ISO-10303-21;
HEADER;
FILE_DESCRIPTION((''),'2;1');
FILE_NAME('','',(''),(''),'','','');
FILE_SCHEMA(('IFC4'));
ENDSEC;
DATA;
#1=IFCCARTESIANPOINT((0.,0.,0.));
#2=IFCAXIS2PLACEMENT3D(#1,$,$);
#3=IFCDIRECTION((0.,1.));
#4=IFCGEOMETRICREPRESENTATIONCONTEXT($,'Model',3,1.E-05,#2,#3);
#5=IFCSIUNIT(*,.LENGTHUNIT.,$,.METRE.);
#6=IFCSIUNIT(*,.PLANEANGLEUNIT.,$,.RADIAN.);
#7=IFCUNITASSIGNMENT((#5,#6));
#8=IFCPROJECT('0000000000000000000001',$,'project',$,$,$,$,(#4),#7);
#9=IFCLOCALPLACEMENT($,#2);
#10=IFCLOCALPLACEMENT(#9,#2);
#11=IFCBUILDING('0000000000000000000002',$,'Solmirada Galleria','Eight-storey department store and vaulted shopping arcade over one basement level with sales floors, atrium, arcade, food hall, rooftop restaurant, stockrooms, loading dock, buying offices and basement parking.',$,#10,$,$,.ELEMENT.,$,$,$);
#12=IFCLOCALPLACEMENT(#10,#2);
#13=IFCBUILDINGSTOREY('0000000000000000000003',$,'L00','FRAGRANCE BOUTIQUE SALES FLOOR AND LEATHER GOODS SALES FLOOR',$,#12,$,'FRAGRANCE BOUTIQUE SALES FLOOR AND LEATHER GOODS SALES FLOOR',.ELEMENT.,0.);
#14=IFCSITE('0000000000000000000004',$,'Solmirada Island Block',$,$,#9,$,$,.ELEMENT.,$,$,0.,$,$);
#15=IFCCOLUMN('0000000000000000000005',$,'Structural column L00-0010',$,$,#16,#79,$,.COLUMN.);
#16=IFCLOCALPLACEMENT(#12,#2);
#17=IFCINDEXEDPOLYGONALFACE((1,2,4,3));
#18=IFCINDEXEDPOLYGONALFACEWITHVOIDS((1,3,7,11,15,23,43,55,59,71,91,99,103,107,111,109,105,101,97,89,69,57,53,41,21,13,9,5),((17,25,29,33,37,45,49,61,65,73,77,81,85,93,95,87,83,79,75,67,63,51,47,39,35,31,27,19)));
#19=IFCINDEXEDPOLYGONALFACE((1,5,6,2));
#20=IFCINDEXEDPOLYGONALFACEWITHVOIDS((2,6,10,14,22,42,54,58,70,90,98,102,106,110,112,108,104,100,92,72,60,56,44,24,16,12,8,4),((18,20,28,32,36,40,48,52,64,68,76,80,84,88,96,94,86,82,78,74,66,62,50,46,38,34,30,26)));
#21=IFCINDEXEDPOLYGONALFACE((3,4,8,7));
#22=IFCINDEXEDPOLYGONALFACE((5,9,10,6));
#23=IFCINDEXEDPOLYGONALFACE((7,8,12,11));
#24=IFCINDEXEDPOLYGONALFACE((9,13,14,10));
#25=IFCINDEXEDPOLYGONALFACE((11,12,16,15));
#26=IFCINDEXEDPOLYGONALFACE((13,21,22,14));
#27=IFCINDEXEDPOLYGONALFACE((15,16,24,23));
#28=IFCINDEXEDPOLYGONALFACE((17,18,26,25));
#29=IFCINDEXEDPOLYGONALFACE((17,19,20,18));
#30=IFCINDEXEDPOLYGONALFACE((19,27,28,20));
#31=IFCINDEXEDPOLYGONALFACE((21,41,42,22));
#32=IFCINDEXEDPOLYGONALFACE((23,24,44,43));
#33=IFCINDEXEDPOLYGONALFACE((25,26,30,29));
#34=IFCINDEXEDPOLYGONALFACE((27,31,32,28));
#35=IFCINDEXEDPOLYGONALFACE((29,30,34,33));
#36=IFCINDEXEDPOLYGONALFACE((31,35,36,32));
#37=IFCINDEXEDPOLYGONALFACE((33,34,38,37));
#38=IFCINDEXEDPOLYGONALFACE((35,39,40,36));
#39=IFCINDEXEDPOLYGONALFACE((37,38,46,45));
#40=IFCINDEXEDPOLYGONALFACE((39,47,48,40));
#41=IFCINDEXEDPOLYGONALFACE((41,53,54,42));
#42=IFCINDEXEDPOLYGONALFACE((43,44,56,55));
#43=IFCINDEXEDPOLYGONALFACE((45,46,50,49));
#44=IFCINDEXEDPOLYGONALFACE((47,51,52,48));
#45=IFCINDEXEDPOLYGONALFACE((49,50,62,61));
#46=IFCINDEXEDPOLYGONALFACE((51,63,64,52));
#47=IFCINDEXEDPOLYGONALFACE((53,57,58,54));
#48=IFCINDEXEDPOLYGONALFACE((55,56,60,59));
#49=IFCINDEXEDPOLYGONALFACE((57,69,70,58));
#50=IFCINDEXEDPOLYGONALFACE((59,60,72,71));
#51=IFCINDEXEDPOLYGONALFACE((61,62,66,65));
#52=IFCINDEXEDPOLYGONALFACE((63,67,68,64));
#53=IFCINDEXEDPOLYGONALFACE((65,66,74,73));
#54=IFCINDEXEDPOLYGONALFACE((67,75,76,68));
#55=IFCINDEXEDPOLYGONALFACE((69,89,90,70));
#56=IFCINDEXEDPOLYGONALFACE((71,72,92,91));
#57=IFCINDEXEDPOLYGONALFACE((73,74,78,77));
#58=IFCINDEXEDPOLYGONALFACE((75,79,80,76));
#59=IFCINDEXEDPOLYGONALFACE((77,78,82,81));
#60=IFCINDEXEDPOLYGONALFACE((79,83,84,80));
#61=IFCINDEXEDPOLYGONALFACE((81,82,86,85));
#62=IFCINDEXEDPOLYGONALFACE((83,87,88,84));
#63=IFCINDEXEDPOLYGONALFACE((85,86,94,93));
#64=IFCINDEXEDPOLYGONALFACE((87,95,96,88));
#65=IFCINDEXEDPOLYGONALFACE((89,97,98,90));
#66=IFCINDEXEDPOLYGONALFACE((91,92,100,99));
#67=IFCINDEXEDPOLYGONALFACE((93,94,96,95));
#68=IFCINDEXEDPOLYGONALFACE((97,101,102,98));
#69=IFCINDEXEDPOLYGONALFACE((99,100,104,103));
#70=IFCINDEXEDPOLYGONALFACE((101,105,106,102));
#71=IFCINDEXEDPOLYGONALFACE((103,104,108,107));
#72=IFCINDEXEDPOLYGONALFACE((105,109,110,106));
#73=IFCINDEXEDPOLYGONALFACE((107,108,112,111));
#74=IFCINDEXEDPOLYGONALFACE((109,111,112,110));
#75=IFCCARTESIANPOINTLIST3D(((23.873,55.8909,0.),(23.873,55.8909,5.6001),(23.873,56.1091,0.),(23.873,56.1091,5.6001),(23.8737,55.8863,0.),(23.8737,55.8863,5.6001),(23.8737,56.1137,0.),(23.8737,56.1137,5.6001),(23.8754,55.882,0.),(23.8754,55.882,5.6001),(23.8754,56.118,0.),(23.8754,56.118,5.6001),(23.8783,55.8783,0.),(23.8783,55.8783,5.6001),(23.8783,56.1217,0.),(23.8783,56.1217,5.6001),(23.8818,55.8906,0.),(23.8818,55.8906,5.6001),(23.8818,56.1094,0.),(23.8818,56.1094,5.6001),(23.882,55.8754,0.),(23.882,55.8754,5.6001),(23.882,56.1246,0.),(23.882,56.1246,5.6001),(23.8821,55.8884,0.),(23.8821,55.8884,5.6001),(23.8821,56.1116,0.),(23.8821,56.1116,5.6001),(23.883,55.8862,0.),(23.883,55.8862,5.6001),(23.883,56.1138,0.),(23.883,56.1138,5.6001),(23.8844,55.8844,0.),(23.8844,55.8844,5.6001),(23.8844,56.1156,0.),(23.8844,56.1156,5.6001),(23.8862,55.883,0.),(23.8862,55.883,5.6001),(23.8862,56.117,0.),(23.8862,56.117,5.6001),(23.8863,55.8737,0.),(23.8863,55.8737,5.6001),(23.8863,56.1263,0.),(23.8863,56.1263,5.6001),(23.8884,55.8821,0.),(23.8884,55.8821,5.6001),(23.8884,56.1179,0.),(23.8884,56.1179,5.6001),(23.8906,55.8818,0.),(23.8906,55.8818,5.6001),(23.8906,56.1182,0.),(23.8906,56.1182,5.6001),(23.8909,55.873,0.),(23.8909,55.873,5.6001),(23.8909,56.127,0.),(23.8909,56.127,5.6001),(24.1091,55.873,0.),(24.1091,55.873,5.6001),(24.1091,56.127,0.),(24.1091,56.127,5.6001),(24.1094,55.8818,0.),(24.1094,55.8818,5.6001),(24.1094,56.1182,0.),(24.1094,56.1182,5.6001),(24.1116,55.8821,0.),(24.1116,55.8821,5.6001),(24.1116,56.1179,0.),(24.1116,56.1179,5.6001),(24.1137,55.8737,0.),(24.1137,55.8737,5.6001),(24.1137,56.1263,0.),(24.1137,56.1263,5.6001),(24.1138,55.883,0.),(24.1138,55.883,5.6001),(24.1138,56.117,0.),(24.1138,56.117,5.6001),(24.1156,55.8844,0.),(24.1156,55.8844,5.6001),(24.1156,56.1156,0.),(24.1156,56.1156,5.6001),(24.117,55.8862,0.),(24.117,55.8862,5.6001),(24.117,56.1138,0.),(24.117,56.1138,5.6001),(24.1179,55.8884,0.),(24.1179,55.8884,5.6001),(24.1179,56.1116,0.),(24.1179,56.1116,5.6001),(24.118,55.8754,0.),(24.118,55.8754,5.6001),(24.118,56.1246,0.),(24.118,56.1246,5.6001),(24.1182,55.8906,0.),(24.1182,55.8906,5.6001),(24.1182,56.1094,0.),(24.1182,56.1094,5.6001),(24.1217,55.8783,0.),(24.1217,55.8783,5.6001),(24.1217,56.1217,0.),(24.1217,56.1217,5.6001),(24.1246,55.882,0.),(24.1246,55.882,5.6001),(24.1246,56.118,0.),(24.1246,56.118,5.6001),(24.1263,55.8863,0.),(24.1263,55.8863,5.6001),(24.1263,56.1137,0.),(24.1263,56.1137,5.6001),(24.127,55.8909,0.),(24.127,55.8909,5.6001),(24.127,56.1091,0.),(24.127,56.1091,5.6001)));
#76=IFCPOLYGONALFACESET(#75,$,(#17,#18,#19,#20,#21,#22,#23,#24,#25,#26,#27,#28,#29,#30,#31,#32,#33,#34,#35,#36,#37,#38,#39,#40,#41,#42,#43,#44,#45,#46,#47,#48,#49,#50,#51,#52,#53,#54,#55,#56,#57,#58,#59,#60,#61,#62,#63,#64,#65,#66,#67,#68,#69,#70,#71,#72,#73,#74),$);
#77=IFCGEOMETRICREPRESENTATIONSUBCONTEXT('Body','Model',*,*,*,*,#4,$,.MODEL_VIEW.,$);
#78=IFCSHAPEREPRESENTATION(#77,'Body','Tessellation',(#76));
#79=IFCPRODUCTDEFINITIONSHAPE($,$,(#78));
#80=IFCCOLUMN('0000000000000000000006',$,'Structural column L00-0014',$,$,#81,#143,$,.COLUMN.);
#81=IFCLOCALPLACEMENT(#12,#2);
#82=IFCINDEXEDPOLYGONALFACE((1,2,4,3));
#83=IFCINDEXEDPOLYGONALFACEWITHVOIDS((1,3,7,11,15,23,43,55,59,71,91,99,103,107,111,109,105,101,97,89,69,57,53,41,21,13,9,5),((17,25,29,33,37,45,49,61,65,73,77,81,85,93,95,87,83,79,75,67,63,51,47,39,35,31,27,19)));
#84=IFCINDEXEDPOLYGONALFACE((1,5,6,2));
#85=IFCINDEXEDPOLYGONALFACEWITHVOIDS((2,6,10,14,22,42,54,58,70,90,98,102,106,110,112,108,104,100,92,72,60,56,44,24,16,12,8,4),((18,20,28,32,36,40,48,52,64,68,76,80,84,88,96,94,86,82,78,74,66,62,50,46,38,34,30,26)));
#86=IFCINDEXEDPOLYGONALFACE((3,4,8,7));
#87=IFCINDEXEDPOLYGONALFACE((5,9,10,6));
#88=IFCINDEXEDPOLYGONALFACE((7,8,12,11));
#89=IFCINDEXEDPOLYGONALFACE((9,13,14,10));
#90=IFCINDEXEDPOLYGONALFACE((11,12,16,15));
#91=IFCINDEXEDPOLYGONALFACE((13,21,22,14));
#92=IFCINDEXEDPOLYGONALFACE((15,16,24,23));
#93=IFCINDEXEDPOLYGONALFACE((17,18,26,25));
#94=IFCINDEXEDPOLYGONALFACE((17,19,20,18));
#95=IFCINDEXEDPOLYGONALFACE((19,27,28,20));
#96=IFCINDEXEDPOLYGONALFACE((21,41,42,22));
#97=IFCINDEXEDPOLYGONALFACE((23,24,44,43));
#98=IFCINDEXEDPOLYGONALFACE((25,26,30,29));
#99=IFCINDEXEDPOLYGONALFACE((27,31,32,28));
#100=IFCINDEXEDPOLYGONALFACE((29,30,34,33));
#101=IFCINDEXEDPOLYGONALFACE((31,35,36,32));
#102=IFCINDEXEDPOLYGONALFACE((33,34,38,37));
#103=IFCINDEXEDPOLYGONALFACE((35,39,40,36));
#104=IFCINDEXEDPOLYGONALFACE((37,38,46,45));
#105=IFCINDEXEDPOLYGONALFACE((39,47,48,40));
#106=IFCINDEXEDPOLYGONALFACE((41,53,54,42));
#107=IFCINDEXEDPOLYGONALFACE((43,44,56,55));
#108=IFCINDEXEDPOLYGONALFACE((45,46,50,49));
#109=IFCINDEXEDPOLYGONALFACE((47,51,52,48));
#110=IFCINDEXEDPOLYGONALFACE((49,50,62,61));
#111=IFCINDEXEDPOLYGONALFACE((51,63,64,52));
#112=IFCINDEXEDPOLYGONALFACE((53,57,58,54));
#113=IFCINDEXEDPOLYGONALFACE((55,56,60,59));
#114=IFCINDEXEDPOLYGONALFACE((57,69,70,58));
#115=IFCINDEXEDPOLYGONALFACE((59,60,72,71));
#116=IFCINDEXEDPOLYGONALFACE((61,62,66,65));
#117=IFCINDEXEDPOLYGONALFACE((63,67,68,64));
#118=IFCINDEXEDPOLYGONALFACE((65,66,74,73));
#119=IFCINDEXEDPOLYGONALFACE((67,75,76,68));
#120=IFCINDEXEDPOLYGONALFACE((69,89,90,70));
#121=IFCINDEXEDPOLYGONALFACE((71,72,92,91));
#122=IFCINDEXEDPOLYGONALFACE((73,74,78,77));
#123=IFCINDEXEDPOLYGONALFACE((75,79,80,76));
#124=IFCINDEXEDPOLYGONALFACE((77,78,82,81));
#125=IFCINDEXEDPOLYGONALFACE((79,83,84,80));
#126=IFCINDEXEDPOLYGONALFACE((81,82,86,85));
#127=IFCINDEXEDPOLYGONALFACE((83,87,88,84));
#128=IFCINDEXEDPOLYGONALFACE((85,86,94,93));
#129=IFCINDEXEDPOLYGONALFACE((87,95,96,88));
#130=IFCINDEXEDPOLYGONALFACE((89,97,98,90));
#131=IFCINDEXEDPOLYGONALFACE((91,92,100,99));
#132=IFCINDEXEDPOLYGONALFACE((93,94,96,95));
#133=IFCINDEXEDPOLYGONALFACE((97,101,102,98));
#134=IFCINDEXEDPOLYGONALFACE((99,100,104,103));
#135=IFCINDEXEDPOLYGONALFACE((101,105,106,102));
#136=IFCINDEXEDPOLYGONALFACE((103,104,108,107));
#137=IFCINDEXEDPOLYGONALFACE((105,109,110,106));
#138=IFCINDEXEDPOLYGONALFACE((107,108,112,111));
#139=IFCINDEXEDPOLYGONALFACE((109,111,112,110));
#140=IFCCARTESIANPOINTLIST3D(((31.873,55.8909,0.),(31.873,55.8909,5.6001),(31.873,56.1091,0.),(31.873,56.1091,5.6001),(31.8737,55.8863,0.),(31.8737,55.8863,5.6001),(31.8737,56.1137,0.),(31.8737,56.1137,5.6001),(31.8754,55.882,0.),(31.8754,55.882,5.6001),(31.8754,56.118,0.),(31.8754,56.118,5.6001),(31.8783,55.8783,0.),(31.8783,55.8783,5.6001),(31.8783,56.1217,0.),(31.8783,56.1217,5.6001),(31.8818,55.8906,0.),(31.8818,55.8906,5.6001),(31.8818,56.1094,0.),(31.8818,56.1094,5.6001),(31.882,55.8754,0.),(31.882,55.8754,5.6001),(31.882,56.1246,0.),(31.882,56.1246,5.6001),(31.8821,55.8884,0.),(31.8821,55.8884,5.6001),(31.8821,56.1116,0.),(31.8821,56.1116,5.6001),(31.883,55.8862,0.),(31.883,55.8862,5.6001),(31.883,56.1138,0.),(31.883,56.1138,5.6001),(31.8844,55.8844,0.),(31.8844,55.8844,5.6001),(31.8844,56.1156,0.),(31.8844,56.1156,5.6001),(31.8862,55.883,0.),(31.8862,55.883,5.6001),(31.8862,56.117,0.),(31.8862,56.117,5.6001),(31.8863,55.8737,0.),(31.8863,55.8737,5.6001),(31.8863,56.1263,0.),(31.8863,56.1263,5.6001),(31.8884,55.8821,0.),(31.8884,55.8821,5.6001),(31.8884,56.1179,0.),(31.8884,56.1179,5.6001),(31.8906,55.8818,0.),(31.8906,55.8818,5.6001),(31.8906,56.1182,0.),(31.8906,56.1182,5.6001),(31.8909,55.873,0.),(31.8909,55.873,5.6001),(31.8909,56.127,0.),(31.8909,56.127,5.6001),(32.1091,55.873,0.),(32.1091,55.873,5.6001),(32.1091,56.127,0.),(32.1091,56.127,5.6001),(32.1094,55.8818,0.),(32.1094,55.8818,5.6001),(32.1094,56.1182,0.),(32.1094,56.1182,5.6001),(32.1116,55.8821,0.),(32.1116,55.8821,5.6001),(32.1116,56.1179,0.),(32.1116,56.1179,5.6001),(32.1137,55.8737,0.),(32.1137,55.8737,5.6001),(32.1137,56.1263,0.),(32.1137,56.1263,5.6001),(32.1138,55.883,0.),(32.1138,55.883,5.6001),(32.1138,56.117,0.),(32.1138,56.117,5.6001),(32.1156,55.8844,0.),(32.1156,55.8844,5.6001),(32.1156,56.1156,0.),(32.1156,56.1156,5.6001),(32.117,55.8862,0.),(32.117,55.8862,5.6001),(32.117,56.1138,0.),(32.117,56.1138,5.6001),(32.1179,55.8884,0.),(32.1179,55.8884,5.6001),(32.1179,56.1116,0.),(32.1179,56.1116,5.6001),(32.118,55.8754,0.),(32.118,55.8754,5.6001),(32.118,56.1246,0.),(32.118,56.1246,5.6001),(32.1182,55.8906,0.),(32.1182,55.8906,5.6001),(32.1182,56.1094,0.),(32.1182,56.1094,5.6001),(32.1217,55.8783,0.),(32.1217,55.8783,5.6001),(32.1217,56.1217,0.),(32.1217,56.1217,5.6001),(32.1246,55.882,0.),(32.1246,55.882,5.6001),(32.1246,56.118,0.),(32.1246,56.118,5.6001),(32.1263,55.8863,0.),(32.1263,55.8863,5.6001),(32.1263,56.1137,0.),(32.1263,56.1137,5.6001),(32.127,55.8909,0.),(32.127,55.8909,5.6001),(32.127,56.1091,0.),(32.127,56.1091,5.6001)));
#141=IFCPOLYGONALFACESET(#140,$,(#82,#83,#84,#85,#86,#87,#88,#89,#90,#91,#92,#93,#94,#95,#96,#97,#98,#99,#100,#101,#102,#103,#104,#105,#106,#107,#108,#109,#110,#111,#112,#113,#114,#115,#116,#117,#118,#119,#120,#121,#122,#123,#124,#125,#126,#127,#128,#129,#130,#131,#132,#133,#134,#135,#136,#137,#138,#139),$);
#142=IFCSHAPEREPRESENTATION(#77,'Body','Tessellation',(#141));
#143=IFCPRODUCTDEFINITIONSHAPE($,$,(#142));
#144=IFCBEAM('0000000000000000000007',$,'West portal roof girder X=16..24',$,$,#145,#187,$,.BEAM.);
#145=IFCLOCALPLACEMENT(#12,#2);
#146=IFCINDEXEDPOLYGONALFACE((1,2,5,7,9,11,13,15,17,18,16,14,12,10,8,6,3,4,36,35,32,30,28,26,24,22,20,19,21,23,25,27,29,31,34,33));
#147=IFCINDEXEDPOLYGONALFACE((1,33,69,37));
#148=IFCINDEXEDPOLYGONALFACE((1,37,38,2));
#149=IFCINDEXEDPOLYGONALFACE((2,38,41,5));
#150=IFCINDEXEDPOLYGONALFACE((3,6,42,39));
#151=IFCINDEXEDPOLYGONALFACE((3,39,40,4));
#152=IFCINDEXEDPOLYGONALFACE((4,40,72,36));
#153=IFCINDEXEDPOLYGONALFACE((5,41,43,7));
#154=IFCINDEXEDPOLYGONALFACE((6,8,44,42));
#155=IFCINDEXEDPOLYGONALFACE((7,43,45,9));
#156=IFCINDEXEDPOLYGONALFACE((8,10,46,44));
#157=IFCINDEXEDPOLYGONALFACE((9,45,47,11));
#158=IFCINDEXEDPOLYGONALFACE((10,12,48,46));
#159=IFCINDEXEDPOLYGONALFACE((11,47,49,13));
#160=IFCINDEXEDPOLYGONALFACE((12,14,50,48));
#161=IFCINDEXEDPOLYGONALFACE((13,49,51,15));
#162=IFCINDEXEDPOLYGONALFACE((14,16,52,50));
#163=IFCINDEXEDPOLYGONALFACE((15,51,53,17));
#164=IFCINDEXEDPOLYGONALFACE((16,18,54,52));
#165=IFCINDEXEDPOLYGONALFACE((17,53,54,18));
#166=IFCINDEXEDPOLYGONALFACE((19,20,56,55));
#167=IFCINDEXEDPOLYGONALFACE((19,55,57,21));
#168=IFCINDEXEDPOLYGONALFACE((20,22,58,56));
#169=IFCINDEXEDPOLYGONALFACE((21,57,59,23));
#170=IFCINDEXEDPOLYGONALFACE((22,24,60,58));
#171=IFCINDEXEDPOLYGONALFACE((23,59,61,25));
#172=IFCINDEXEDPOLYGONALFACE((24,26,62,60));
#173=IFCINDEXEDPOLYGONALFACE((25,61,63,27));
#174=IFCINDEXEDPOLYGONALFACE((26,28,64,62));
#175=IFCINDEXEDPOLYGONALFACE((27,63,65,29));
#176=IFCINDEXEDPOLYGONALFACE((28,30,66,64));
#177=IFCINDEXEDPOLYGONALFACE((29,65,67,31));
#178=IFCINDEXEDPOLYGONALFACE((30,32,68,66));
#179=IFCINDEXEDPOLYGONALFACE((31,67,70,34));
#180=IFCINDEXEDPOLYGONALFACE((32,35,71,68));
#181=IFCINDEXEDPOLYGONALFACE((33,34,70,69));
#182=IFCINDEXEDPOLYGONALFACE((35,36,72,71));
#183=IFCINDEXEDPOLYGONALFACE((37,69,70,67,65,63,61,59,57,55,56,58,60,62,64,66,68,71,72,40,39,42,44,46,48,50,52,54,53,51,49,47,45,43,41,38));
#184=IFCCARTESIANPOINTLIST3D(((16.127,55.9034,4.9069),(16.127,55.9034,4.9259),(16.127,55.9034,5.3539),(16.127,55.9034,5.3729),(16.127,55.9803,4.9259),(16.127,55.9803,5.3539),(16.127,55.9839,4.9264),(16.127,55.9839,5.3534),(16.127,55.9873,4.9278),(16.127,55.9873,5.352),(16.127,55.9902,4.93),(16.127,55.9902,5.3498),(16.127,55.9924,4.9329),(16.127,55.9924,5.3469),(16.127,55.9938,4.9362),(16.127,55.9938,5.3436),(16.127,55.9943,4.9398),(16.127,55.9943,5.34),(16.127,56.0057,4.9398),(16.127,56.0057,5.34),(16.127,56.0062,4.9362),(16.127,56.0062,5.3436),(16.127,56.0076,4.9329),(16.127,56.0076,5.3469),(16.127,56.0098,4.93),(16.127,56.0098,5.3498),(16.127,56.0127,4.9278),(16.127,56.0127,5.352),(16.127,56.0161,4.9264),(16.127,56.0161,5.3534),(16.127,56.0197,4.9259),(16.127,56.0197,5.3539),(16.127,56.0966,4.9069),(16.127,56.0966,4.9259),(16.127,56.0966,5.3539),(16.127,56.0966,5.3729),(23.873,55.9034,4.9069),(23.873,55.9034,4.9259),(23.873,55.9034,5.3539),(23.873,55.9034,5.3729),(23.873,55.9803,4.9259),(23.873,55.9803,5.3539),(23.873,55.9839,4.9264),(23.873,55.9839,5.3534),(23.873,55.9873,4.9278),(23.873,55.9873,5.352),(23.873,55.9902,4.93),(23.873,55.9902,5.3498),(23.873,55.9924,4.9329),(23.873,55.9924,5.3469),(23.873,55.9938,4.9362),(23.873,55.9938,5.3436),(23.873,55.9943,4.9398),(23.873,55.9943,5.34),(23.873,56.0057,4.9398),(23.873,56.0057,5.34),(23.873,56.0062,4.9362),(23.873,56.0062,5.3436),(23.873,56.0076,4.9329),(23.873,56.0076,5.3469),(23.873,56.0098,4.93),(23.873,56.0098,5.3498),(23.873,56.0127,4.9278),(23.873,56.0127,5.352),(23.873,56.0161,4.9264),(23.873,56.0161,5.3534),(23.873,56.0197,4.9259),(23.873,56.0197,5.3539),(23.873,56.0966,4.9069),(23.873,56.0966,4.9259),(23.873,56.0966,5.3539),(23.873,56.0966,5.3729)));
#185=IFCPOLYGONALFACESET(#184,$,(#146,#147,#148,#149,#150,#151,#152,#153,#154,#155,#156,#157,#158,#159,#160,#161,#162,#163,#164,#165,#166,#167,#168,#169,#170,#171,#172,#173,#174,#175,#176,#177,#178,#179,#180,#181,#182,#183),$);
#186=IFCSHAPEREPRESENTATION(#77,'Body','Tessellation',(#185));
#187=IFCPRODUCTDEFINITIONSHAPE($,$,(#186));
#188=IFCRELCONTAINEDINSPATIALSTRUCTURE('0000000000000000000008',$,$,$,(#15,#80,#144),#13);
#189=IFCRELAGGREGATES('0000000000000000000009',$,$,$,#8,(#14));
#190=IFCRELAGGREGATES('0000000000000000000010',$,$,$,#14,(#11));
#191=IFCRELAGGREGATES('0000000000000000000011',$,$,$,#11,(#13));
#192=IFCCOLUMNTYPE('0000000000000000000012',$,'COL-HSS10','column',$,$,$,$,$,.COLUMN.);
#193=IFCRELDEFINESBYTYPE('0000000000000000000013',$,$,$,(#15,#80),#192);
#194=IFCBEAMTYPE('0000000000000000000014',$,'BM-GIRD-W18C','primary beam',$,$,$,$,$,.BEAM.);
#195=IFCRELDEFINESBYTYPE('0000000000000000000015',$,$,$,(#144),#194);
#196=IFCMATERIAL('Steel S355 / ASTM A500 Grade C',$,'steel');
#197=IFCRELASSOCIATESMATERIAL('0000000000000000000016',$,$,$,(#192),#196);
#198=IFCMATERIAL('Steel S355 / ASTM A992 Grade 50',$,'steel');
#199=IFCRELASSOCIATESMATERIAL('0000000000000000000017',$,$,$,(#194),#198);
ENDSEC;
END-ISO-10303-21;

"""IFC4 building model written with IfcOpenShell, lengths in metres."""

from ifc_helpers import new_model, si_unit, direction, frame, origin, origin_2d, place, context, subcontext, project, spatial, hollow_rectangle, i_section, extrude, material, material_profile, profile_set, type_object, element, save


model = new_model("IFC4")

# Units and contexts
model_context = context("Model", 3, precision=1e-05, world=origin(), true_north=direction((0.0, 1.0)))
body_context = subcontext(model_context, "Body", "Model", "MODEL_VIEW")
ifc_project = project(units=[si_unit("LENGTHUNIT", "METRE"), si_unit("PLANEANGLEUNIT", "RADIAN")], contexts=[model_context])

# Site, building, storey
site_placement = place(None, origin())
site = spatial("IfcSite", under=ifc_project, at=site_placement, Name="Solmirada Island Block", CompositionType="ELEMENT", RefElevation=0.0)
building_placement = place(site_placement, origin())
building = spatial("IfcBuilding", under=site, at=building_placement, Name="Solmirada Galleria", Description="Eight-storey department store and vaulted shopping arcade over one basement level with sales floors, atrium, arcade, food hall, rooftop restaurant, stockrooms, loading dock, buying offices and basement parking.", CompositionType="ELEMENT")
storey_placement = place(building_placement, origin())
storey = spatial("IfcBuildingStorey", under=building, at=storey_placement, Name="L00", Description="FRAGRANCE BOUTIQUE SALES FLOOR AND LEATHER GOODS SALES FLOOR", LongName="FRAGRANCE BOUTIQUE SALES FLOOR AND LEATHER GOODS SALES FLOOR", CompositionType="ELEMENT", Elevation=0.0)

# Columns
ifc_material_1 = material(Name="Steel S355 / ASTM A500 Grade C", Category="steel")
ifc_material_profile_1 = material_profile(ifc_material_1, hollow_rectangle(XDim=0.2539, YDim=0.2539, WallThickness=0.0088, InnerFilletRadius=0.0088, OuterFilletRadius=0.0178, at=origin_2d()), Name="HSS10X10X3/8")
ifc_profile_set_1 = profile_set([ifc_material_profile_1], Name="Steel S355 / ASTM A500 Grade C")
column_type = type_object("IfcColumnType", Name="COL-HSS10", Description="column", PredefinedType="COLUMN", material=ifc_profile_set_1)
for number, where, z_axis, x_axis, name in (
    (1, (24.0, 56.0, 0.0), (0.0, 0.0, 1.0), (1.0, 0.0, 0.0), "Structural column L00-0010"),
    (2, (32.0, 56.0, 0.0), (0.0, 0.0, 1.0), (1.0, 0.0, 0.0), "Structural column L00-0014"),
):
    element("IfcColumn", number, at=place(storey_placement, frame(where, z_axis=z_axis, x_axis=x_axis)), inside=storey, type_object=column_type, Name=name, PredefinedType="COLUMN", context=body_context, shape_type="SweptSolid", body=[
        extrude(hollow_rectangle(XDim=0.2539, YDim=0.2539, WallThickness=0.0088, InnerFilletRadius=0.0088, OuterFilletRadius=0.0178, at=origin_2d()), origin(), (0.0, 0.0, 1.0), 5.6001),
    ])

# Beam
ifc_material_2 = material(Name="Steel S355 / ASTM A992 Grade 50", Category="steel")
ifc_material_profile_2 = material_profile(ifc_material_2, i_section(OverallWidth=0.1931, OverallDepth=0.4661, WebThickness=0.0115, FlangeThickness=0.019, FilletRadius=0.0139, at=origin_2d()), Name="W18X65")
ifc_profile_set_2 = profile_set([ifc_material_profile_2], Name="Steel S355 / ASTM A992 Grade 50")
beam_type = type_object("IfcBeamType", Name="BM-GIRD-W18C", Description="primary beam", PredefinedType="BEAM", material=ifc_profile_set_2)
for number, where, z_axis, x_axis, name in (
    (3, (16.127, 56.0, 5.1399), (1.0, 0.0, 0.0), (0.0, 1.0, 0.0), "West portal roof girder X=16..24"),
):
    element("IfcBeam", number, at=place(storey_placement, frame(where, z_axis=z_axis, x_axis=x_axis)), inside=storey, type_object=beam_type, Name=name, PredefinedType="BEAM", context=body_context, shape_type="SweptSolid", body=[
        extrude(i_section(OverallWidth=0.1931, OverallDepth=0.4661, WebThickness=0.0115, FlangeThickness=0.019, FilletRadius=0.0139, at=origin_2d()), origin(), (0.0, 0.0, 1.0), 7.7461),
    ])

save(model, "model.ifc")
